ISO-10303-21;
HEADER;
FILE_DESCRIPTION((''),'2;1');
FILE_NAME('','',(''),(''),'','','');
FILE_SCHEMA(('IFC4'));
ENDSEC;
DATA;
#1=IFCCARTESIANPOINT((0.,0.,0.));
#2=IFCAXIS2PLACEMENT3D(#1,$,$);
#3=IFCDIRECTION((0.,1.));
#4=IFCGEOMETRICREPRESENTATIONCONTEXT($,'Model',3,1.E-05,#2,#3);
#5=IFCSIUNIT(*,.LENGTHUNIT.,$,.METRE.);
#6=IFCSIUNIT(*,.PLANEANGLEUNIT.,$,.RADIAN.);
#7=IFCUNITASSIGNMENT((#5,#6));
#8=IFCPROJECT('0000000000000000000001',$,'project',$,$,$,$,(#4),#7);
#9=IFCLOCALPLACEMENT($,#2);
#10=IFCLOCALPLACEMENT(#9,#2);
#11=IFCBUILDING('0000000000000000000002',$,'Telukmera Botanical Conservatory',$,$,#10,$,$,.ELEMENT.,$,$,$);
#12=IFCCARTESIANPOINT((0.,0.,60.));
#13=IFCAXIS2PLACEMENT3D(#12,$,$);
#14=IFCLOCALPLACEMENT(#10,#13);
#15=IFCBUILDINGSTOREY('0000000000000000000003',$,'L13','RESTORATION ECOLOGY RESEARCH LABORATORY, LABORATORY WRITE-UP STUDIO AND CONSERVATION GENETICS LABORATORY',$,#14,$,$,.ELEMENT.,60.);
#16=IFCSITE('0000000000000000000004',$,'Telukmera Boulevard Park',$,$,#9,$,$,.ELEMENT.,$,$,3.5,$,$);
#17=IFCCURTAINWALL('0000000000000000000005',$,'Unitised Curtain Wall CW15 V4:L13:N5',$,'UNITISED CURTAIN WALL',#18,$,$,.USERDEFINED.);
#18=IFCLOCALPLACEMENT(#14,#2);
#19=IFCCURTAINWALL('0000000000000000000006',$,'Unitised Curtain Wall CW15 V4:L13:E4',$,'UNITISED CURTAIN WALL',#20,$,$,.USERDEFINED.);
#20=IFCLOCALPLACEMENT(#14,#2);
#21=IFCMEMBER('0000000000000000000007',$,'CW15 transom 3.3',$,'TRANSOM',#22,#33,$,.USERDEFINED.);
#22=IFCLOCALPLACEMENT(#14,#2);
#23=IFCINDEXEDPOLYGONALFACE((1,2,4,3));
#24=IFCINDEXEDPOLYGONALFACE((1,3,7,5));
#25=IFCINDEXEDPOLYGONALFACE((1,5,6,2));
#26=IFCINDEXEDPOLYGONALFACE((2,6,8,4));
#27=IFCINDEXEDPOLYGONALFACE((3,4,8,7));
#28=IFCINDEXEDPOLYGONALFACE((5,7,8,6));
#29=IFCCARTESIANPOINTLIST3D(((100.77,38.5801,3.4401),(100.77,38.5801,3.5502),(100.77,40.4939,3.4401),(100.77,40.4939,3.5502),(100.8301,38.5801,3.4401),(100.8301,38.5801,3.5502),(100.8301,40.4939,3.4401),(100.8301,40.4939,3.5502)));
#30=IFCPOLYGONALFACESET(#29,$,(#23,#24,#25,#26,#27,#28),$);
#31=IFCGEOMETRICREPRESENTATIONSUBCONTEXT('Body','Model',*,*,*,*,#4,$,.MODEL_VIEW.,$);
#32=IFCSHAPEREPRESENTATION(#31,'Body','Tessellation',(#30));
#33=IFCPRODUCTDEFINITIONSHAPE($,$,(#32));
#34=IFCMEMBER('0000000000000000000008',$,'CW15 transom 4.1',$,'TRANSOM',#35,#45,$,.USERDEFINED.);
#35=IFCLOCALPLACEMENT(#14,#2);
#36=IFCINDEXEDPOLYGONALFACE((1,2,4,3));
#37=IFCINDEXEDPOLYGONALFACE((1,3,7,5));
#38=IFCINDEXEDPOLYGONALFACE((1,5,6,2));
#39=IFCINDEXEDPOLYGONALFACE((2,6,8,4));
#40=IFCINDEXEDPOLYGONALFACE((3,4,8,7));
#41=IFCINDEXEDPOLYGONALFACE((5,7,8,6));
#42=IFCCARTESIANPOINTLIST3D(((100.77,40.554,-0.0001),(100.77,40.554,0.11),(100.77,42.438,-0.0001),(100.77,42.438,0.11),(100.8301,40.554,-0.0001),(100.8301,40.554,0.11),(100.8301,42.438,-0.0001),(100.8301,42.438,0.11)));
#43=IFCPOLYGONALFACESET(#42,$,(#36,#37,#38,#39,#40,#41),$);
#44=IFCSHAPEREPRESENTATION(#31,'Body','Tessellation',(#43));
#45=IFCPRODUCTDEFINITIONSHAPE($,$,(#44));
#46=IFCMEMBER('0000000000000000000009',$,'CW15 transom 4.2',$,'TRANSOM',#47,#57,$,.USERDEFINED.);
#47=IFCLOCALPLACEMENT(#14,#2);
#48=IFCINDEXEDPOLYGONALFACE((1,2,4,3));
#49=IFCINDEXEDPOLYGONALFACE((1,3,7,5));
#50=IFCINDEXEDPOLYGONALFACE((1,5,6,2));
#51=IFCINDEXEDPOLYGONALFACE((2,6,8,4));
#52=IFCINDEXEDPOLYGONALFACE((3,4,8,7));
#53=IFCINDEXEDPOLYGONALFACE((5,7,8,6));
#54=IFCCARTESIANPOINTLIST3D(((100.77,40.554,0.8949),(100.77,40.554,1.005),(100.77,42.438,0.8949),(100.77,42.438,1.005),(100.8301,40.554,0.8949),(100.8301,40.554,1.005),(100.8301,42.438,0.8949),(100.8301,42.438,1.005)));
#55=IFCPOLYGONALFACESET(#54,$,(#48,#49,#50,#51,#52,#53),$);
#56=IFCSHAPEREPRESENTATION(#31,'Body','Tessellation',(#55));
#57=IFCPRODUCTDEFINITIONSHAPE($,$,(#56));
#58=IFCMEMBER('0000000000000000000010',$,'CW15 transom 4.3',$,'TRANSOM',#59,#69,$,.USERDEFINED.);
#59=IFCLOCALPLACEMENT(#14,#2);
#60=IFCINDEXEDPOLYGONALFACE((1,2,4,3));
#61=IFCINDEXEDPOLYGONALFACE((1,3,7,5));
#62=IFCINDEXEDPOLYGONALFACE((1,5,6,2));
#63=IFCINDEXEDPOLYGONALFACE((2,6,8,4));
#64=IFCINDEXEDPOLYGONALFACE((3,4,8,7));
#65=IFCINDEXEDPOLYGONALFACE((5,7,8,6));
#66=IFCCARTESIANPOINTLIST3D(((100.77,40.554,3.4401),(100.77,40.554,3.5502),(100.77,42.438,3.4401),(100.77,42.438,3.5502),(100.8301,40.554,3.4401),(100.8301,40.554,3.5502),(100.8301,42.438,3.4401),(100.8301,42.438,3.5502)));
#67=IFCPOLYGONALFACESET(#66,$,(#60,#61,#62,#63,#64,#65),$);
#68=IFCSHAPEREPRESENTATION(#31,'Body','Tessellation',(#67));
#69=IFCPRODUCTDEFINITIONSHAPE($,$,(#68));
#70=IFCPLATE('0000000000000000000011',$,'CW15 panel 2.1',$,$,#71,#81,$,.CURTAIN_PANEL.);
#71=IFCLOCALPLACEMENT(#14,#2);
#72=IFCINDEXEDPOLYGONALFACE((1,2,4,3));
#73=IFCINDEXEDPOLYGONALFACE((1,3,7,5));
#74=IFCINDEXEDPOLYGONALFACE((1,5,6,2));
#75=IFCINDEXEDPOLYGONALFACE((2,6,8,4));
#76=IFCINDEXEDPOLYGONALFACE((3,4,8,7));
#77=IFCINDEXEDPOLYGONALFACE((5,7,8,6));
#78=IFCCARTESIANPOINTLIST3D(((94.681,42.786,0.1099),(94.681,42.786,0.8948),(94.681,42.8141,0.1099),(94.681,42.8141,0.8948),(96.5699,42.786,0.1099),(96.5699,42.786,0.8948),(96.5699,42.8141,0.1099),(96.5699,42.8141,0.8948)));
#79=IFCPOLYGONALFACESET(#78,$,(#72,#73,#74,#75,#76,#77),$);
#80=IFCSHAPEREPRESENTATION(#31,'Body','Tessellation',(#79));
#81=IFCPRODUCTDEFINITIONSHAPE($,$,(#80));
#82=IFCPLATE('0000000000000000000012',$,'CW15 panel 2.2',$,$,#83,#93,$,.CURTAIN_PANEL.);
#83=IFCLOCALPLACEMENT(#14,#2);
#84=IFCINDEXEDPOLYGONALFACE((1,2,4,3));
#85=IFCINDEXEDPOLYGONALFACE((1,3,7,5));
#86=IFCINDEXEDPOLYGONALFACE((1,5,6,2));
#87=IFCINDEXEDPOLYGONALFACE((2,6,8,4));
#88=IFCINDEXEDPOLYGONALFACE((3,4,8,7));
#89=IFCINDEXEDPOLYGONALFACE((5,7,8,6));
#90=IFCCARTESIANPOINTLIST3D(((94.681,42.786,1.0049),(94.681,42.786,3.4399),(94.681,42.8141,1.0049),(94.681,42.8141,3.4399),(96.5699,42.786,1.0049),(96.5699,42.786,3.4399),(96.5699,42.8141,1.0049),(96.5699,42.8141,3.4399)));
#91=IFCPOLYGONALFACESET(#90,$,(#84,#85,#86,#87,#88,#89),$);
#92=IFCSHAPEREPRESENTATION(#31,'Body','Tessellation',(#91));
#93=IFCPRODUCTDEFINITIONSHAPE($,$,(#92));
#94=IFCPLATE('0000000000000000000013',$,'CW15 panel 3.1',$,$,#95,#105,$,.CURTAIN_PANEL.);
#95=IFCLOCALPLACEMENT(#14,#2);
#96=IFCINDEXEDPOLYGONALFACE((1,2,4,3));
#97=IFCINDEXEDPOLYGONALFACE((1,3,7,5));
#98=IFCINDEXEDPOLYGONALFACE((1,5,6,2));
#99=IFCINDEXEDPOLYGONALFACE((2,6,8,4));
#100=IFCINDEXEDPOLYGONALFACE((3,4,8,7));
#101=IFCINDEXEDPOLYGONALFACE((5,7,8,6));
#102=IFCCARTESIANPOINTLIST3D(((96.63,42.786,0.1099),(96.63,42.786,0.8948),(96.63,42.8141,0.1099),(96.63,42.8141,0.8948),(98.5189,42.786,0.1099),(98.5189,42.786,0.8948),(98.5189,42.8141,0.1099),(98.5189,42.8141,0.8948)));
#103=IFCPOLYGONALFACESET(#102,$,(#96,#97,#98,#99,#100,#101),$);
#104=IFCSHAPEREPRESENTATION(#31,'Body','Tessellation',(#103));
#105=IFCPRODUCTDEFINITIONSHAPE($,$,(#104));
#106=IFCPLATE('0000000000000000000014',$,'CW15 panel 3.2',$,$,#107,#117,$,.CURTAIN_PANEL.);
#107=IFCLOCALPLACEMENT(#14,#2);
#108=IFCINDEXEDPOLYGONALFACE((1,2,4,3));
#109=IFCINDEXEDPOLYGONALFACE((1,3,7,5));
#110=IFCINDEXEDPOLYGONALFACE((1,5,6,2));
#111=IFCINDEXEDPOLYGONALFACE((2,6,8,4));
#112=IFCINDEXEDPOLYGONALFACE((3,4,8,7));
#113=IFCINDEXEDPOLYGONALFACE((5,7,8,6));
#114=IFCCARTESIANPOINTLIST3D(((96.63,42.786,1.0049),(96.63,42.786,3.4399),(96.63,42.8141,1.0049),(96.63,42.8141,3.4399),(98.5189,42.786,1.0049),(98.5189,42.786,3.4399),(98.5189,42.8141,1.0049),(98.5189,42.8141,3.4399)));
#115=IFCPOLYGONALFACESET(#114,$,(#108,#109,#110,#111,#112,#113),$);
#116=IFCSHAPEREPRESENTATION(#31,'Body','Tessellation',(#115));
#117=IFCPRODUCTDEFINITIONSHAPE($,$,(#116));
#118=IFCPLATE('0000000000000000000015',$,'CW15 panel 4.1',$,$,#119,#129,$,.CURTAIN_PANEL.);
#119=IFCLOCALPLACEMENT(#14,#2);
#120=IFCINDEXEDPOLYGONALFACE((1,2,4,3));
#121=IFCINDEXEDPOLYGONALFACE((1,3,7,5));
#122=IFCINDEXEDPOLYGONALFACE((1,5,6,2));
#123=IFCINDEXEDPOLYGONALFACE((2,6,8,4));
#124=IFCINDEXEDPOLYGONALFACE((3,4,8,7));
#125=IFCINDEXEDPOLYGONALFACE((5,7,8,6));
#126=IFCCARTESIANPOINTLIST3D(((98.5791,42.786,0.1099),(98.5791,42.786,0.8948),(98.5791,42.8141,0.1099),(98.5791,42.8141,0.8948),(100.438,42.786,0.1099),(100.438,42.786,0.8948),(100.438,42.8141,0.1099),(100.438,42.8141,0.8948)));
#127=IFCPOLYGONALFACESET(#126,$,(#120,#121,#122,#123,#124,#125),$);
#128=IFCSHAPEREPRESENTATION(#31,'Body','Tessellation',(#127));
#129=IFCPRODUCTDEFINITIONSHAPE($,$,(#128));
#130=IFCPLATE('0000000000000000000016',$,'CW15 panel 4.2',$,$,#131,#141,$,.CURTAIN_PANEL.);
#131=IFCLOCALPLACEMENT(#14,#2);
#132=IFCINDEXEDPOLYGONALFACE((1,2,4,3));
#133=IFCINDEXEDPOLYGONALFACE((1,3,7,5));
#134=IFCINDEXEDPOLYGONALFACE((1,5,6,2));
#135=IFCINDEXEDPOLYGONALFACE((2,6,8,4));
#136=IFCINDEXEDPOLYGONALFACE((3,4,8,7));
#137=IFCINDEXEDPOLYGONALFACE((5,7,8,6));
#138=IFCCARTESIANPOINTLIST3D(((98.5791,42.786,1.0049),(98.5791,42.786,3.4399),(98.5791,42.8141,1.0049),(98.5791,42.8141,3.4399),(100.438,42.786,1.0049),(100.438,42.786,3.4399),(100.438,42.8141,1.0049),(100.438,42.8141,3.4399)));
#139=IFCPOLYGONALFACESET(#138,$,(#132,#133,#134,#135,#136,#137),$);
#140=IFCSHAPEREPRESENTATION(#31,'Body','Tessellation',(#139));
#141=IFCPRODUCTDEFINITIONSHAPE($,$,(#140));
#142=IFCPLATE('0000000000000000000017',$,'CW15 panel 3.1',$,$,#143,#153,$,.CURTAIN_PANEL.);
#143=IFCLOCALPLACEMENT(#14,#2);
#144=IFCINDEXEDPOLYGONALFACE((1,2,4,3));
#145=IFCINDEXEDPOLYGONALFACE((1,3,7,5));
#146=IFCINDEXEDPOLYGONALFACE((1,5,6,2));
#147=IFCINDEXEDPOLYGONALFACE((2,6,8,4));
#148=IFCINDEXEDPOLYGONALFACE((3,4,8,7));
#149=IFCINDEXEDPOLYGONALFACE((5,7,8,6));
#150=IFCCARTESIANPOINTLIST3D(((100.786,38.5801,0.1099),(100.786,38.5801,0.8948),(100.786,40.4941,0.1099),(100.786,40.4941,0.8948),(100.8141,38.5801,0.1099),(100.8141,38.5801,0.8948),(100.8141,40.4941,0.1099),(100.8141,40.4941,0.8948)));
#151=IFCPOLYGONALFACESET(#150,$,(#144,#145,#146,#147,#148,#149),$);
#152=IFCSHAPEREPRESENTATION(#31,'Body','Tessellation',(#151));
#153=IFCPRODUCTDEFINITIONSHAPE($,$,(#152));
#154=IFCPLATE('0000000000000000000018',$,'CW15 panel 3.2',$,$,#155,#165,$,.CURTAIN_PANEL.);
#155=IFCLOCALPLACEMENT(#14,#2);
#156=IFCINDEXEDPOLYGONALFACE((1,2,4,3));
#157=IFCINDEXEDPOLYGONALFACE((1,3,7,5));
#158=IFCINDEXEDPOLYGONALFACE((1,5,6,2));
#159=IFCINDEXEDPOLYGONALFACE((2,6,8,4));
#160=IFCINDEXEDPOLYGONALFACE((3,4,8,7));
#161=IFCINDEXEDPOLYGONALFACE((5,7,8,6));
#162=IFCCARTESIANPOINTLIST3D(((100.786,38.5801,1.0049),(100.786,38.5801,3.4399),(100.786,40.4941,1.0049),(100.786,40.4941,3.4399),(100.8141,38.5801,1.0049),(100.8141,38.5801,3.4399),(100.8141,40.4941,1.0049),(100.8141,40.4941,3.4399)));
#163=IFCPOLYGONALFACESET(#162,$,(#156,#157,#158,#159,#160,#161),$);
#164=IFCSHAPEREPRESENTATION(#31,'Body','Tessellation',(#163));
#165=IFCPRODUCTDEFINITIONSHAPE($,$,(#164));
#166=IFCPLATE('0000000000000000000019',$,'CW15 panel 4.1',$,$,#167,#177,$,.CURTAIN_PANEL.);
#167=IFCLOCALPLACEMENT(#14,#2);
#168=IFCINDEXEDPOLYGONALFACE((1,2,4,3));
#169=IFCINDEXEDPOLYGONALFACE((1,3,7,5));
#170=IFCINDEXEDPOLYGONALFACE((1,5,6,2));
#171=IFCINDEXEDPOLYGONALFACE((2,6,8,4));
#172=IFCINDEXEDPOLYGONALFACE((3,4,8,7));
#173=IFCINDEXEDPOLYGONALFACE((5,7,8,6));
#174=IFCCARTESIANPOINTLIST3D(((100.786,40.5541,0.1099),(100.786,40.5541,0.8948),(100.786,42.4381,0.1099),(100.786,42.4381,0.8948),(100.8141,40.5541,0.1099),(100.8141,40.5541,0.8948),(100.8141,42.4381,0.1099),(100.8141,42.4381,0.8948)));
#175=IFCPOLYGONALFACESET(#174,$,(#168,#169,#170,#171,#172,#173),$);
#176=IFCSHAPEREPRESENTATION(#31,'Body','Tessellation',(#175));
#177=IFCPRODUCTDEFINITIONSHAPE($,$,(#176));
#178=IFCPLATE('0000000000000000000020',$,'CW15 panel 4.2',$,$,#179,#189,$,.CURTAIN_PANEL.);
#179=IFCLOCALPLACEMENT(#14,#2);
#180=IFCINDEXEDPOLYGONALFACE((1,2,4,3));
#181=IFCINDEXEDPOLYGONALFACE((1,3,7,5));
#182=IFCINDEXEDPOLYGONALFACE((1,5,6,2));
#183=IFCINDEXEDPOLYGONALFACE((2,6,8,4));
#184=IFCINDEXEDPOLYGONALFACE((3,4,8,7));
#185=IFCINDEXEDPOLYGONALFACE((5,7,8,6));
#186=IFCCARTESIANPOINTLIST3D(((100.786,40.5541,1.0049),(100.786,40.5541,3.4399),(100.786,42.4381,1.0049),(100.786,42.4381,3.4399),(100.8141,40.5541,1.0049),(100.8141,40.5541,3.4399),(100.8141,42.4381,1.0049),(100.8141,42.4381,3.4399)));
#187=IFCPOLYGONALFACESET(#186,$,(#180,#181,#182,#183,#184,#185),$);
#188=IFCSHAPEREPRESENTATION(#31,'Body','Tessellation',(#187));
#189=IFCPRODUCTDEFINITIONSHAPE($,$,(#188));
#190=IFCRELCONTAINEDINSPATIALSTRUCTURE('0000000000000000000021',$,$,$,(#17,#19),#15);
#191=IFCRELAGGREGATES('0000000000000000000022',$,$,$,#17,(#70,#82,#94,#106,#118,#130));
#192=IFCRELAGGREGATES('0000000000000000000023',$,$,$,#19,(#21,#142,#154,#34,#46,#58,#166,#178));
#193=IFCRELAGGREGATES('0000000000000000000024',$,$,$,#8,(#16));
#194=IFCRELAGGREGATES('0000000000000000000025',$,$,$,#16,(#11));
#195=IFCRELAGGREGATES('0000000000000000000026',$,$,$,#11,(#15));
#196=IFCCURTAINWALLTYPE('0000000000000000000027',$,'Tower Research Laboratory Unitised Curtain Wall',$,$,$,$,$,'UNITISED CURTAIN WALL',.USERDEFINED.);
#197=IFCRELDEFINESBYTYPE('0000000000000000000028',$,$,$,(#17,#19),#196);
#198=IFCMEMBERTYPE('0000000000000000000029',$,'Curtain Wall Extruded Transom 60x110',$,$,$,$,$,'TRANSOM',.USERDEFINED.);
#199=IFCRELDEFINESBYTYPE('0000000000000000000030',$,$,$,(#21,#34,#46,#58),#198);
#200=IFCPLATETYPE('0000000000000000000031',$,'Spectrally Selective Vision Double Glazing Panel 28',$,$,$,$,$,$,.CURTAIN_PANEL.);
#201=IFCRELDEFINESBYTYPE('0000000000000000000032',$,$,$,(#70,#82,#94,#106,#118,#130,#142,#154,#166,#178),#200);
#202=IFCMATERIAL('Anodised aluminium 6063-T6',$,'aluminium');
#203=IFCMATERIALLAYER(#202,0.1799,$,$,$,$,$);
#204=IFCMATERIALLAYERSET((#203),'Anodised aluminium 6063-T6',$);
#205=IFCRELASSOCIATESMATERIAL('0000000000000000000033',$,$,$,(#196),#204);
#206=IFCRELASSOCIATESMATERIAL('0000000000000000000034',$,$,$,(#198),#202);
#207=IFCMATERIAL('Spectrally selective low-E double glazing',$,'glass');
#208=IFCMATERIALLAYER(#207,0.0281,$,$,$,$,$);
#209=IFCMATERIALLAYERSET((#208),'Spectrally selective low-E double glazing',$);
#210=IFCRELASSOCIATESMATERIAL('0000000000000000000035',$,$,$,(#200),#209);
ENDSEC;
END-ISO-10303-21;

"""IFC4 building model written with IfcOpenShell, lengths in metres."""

from ifc_helpers import new_model, si_unit, direction, frame, origin, origin_2d, place, context, subcontext, project, spatial, rectangle, extrude, material, layer, layer_set, material_profile, profile_set, type_object, element, aggregate, save


model = new_model("IFC4")

# Units and contexts
model_context = context("Model", 3, precision=1e-05, world=origin(), true_north=direction((0.0, 1.0)))
body_context = subcontext(model_context, "Body", "Model", "MODEL_VIEW")
ifc_project = project(units=[si_unit("LENGTHUNIT", "METRE"), si_unit("PLANEANGLEUNIT", "RADIAN")], contexts=[model_context])

# Site, building, storey
site_placement = place(None, origin())
site = spatial("IfcSite", under=ifc_project, at=site_placement, Name="Telukmera Boulevard Park", CompositionType="ELEMENT", RefElevation=3.5)
building_placement = place(site_placement, origin())
building = spatial("IfcBuilding", under=site, at=building_placement, Name="Telukmera Botanical Conservatory", CompositionType="ELEMENT")
storey_placement = place(building_placement, frame((0.0, 0.0, 60.0)))
storey = spatial("IfcBuildingStorey", under=building, at=storey_placement, Name="L13", Description="RESTORATION ECOLOGY RESEARCH LABORATORY, LABORATORY WRITE-UP STUDIO AND CONSERVATION GENETICS LABORATORY", CompositionType="ELEMENT", Elevation=60.0)

# Curtain walls
ifc_material_1 = material(Name="Anodised aluminium 6063-T6", Category="aluminium")
ifc_layer_1 = layer(ifc_material_1, 0.1799)
ifc_layer_set_1 = layer_set([ifc_layer_1], Name="Anodised aluminium 6063-T6")
curtain_wall_type = type_object("IfcCurtainWallType", Name="Tower Research Laboratory Unitised Curtain Wall", ElementType="UNITISED CURTAIN WALL", PredefinedType="USERDEFINED", material=ifc_layer_set_1)
curtain_wall_1_placement = place(storey_placement, origin())
curtain_wall_1 = element("IfcCurtainWall", 1, at=curtain_wall_1_placement, inside=storey, type_object=curtain_wall_type, Name="Unitised Curtain Wall CW15 V4:L13:N5", ObjectType="UNITISED CURTAIN WALL", PredefinedType="USERDEFINED")
curtain_wall_2_placement = place(storey_placement, origin())
curtain_wall_2 = element("IfcCurtainWall", 2, at=curtain_wall_2_placement, inside=storey, type_object=curtain_wall_type, Name="Unitised Curtain Wall CW15 V4:L13:E4", ObjectType="UNITISED CURTAIN WALL", PredefinedType="USERDEFINED")

# Members
ifc_material_profile_1 = material_profile(ifc_material_1, rectangle(XDim=0.0601, YDim=0.1101, at=origin_2d()), Name="ALU TRAN 60x110")
ifc_profile_set_1 = profile_set([ifc_material_profile_1], Name="Anodised aluminium 6063-T6")
member_type_1 = type_object("IfcMemberType", Name="Curtain Wall Extruded Transom 60x110", ElementType="TRANSOM", PredefinedType="USERDEFINED", material=ifc_profile_set_1)
member_1_placement = place(storey_placement, frame((100.8, 38.5801, 3.4951), z_axis=(0.0, 1.0, 0.0), x_axis=(-1.0, 0.0, 0.0)))
member_1 = element("IfcMember", 3, at=member_1_placement, type_object=member_type_1, Name="CW15 transom 3.3", ObjectType="TRANSOM", PredefinedType="USERDEFINED", context=body_context, shape_type="SweptSolid", body=[
    extrude(rectangle(XDim=0.0601, YDim=0.1101, at=origin_2d()), origin(), (0.0, 0.0, 1.0), 1.9138),
])
member_2_placement = place(storey_placement, frame((100.8, 40.554, 0.0549), z_axis=(0.0, 1.0, 0.0), x_axis=(-1.0, 0.0, 0.0)))
member_2 = element("IfcMember", 4, at=member_2_placement, type_object=member_type_1, Name="CW15 transom 4.1", ObjectType="TRANSOM", PredefinedType="USERDEFINED", context=body_context, shape_type="SweptSolid", body=[
    extrude(rectangle(XDim=0.0601, YDim=0.1101, at=origin_2d()), origin(), (0.0, 0.0, 1.0), 1.884),
])
member_3_placement = place(storey_placement, frame((100.8, 40.554, 0.95), z_axis=(0.0, 1.0, 0.0), x_axis=(-1.0, 0.0, 0.0)))
member_3 = element("IfcMember", 5, at=member_3_placement, type_object=member_type_1, Name="CW15 transom 4.2", ObjectType="TRANSOM", PredefinedType="USERDEFINED", context=body_context, shape_type="SweptSolid", body=[
    extrude(rectangle(XDim=0.0601, YDim=0.1101, at=origin_2d()), origin(), (0.0, 0.0, 1.0), 1.884),
])
member_4_placement = place(storey_placement, frame((100.8, 40.554, 3.4951), z_axis=(0.0, 1.0, 0.0), x_axis=(-1.0, 0.0, 0.0)))
member_4 = element("IfcMember", 6, at=member_4_placement, type_object=member_type_1, Name="CW15 transom 4.3", ObjectType="TRANSOM", PredefinedType="USERDEFINED", context=body_context, shape_type="SweptSolid", body=[
    extrude(rectangle(XDim=0.0601, YDim=0.1101, at=origin_2d()), origin(), (0.0, 0.0, 1.0), 1.884),
])

# Plates
ifc_material_2 = material(Name="Spectrally selective low-E double glazing", Category="glass")
ifc_layer_2 = layer(ifc_material_2, 0.0281)
ifc_layer_set_2 = layer_set([ifc_layer_2], Name="Spectrally selective low-E double glazing")
plate_type = type_object("IfcPlateType", Name="Spectrally Selective Vision Double Glazing Panel 28", PredefinedType="CURTAIN_PANEL", material=ifc_layer_set_2)
plate_1_placement = place(storey_placement, frame((95.6255, 42.8, 0.1099), z_axis=(0.0, 0.0, 1.0), x_axis=(1.0, 0.0, 0.0)))
plate_1 = element("IfcPlate", 7, at=plate_1_placement, type_object=plate_type, Name="CW15 panel 2.1", PredefinedType="CURTAIN_PANEL", context=body_context, shape_type="SweptSolid", body=[
    extrude(rectangle(XDim=1.8889, YDim=0.0281, at=origin_2d()), origin(), (0.0, 0.0, 1.0), 0.7849),
])
plate_2_placement = place(storey_placement, frame((95.6255, 42.8, 1.0049), z_axis=(0.0, 0.0, 1.0), x_axis=(1.0, 0.0, 0.0)))
plate_2 = element("IfcPlate", 8, at=plate_2_placement, type_object=plate_type, Name="CW15 panel 2.2", PredefinedType="CURTAIN_PANEL", context=body_context, shape_type="SweptSolid", body=[
    extrude(rectangle(XDim=1.8889, YDim=0.0281, at=origin_2d()), origin(), (0.0, 0.0, 1.0), 2.4351),
])
plate_3_placement = place(storey_placement, frame((97.5745, 42.8, 0.1099), z_axis=(0.0, 0.0, 1.0), x_axis=(1.0, 0.0, 0.0)))
plate_3 = element("IfcPlate", 9, at=plate_3_placement, type_object=plate_type, Name="CW15 panel 3.1", PredefinedType="CURTAIN_PANEL", context=body_context, shape_type="SweptSolid", body=[
    extrude(rectangle(XDim=1.8889, YDim=0.0281, at=origin_2d()), origin(), (0.0, 0.0, 1.0), 0.7849),
])
plate_4_placement = place(storey_placement, frame((97.5745, 42.8, 1.0049), z_axis=(0.0, 0.0, 1.0), x_axis=(1.0, 0.0, 0.0)))
plate_4 = element("IfcPlate", 10, at=plate_4_placement, type_object=plate_type, Name="CW15 panel 3.2", PredefinedType="CURTAIN_PANEL", context=body_context, shape_type="SweptSolid", body=[
    extrude(rectangle(XDim=1.8889, YDim=0.0281, at=origin_2d()), origin(), (0.0, 0.0, 1.0), 2.4351),
])
plate_5_placement = place(storey_placement, frame((99.5085, 42.8, 0.1099), z_axis=(0.0, 0.0, 1.0), x_axis=(1.0, 0.0, 0.0)))
plate_5 = element("IfcPlate", 11, at=plate_5_placement, type_object=plate_type, Name="CW15 panel 4.1", PredefinedType="CURTAIN_PANEL", context=body_context, shape_type="SweptSolid", body=[
    extrude(rectangle(XDim=1.8589, YDim=0.0281, at=origin_2d()), origin(), (0.0, 0.0, 1.0), 0.7849),
])
plate_6_placement = place(storey_placement, frame((99.5085, 42.8, 1.0049), z_axis=(0.0, 0.0, 1.0), x_axis=(1.0, 0.0, 0.0)))
plate_6 = element("IfcPlate", 12, at=plate_6_placement, type_object=plate_type, Name="CW15 panel 4.2", PredefinedType="CURTAIN_PANEL", context=body_context, shape_type="SweptSolid", body=[
    extrude(rectangle(XDim=1.8589, YDim=0.0281, at=origin_2d()), origin(), (0.0, 0.0, 1.0), 2.4351),
])
aggregate(curtain_wall_1, [plate_1, plate_2, plate_3, plate_4, plate_5, plate_6])
plate_7_placement = place(storey_placement, frame((100.8, 39.5371, 0.1099), z_axis=(0.0, 0.0, 1.0), x_axis=(0.0, 1.0, 0.0)))
plate_7 = element("IfcPlate", 13, at=plate_7_placement, type_object=plate_type, Name="CW15 panel 3.1", PredefinedType="CURTAIN_PANEL", context=body_context, shape_type="SweptSolid", body=[
    extrude(rectangle(XDim=1.9141, YDim=0.0281, at=origin_2d()), origin(), (0.0, 0.0, 1.0), 0.7849),
])
plate_8_placement = place(storey_placement, frame((100.8, 39.5371, 1.0049), z_axis=(0.0, 0.0, 1.0), x_axis=(0.0, 1.0, 0.0)))
plate_8 = element("IfcPlate", 14, at=plate_8_placement, type_object=plate_type, Name="CW15 panel 3.2", PredefinedType="CURTAIN_PANEL", context=body_context, shape_type="SweptSolid", body=[
    extrude(rectangle(XDim=1.9141, YDim=0.0281, at=origin_2d()), origin(), (0.0, 0.0, 1.0), 2.4351),
])
plate_9_placement = place(storey_placement, frame((100.8, 41.4961, 0.1099), z_axis=(0.0, 0.0, 1.0), x_axis=(0.0, 1.0, 0.0)))
plate_9 = element("IfcPlate", 15, at=plate_9_placement, type_object=plate_type, Name="CW15 panel 4.1", PredefinedType="CURTAIN_PANEL", context=body_context, shape_type="SweptSolid", body=[
    extrude(rectangle(XDim=1.884, YDim=0.0281, at=origin_2d()), origin(), (0.0, 0.0, 1.0), 0.7849),
])
plate_10_placement = place(storey_placement, frame((100.8, 41.4961, 1.0049), z_axis=(0.0, 0.0, 1.0), x_axis=(0.0, 1.0, 0.0)))
plate_10 = element("IfcPlate", 16, at=plate_10_placement, type_object=plate_type, Name="CW15 panel 4.2", PredefinedType="CURTAIN_PANEL", context=body_context, shape_type="SweptSolid", body=[
    extrude(rectangle(XDim=1.884, YDim=0.0281, at=origin_2d()), origin(), (0.0, 0.0, 1.0), 2.4351),
])
aggregate(curtain_wall_2, [member_1, plate_7, plate_8, member_2, member_3, member_4, plate_9, plate_10])

save(model, "model.ifc")
